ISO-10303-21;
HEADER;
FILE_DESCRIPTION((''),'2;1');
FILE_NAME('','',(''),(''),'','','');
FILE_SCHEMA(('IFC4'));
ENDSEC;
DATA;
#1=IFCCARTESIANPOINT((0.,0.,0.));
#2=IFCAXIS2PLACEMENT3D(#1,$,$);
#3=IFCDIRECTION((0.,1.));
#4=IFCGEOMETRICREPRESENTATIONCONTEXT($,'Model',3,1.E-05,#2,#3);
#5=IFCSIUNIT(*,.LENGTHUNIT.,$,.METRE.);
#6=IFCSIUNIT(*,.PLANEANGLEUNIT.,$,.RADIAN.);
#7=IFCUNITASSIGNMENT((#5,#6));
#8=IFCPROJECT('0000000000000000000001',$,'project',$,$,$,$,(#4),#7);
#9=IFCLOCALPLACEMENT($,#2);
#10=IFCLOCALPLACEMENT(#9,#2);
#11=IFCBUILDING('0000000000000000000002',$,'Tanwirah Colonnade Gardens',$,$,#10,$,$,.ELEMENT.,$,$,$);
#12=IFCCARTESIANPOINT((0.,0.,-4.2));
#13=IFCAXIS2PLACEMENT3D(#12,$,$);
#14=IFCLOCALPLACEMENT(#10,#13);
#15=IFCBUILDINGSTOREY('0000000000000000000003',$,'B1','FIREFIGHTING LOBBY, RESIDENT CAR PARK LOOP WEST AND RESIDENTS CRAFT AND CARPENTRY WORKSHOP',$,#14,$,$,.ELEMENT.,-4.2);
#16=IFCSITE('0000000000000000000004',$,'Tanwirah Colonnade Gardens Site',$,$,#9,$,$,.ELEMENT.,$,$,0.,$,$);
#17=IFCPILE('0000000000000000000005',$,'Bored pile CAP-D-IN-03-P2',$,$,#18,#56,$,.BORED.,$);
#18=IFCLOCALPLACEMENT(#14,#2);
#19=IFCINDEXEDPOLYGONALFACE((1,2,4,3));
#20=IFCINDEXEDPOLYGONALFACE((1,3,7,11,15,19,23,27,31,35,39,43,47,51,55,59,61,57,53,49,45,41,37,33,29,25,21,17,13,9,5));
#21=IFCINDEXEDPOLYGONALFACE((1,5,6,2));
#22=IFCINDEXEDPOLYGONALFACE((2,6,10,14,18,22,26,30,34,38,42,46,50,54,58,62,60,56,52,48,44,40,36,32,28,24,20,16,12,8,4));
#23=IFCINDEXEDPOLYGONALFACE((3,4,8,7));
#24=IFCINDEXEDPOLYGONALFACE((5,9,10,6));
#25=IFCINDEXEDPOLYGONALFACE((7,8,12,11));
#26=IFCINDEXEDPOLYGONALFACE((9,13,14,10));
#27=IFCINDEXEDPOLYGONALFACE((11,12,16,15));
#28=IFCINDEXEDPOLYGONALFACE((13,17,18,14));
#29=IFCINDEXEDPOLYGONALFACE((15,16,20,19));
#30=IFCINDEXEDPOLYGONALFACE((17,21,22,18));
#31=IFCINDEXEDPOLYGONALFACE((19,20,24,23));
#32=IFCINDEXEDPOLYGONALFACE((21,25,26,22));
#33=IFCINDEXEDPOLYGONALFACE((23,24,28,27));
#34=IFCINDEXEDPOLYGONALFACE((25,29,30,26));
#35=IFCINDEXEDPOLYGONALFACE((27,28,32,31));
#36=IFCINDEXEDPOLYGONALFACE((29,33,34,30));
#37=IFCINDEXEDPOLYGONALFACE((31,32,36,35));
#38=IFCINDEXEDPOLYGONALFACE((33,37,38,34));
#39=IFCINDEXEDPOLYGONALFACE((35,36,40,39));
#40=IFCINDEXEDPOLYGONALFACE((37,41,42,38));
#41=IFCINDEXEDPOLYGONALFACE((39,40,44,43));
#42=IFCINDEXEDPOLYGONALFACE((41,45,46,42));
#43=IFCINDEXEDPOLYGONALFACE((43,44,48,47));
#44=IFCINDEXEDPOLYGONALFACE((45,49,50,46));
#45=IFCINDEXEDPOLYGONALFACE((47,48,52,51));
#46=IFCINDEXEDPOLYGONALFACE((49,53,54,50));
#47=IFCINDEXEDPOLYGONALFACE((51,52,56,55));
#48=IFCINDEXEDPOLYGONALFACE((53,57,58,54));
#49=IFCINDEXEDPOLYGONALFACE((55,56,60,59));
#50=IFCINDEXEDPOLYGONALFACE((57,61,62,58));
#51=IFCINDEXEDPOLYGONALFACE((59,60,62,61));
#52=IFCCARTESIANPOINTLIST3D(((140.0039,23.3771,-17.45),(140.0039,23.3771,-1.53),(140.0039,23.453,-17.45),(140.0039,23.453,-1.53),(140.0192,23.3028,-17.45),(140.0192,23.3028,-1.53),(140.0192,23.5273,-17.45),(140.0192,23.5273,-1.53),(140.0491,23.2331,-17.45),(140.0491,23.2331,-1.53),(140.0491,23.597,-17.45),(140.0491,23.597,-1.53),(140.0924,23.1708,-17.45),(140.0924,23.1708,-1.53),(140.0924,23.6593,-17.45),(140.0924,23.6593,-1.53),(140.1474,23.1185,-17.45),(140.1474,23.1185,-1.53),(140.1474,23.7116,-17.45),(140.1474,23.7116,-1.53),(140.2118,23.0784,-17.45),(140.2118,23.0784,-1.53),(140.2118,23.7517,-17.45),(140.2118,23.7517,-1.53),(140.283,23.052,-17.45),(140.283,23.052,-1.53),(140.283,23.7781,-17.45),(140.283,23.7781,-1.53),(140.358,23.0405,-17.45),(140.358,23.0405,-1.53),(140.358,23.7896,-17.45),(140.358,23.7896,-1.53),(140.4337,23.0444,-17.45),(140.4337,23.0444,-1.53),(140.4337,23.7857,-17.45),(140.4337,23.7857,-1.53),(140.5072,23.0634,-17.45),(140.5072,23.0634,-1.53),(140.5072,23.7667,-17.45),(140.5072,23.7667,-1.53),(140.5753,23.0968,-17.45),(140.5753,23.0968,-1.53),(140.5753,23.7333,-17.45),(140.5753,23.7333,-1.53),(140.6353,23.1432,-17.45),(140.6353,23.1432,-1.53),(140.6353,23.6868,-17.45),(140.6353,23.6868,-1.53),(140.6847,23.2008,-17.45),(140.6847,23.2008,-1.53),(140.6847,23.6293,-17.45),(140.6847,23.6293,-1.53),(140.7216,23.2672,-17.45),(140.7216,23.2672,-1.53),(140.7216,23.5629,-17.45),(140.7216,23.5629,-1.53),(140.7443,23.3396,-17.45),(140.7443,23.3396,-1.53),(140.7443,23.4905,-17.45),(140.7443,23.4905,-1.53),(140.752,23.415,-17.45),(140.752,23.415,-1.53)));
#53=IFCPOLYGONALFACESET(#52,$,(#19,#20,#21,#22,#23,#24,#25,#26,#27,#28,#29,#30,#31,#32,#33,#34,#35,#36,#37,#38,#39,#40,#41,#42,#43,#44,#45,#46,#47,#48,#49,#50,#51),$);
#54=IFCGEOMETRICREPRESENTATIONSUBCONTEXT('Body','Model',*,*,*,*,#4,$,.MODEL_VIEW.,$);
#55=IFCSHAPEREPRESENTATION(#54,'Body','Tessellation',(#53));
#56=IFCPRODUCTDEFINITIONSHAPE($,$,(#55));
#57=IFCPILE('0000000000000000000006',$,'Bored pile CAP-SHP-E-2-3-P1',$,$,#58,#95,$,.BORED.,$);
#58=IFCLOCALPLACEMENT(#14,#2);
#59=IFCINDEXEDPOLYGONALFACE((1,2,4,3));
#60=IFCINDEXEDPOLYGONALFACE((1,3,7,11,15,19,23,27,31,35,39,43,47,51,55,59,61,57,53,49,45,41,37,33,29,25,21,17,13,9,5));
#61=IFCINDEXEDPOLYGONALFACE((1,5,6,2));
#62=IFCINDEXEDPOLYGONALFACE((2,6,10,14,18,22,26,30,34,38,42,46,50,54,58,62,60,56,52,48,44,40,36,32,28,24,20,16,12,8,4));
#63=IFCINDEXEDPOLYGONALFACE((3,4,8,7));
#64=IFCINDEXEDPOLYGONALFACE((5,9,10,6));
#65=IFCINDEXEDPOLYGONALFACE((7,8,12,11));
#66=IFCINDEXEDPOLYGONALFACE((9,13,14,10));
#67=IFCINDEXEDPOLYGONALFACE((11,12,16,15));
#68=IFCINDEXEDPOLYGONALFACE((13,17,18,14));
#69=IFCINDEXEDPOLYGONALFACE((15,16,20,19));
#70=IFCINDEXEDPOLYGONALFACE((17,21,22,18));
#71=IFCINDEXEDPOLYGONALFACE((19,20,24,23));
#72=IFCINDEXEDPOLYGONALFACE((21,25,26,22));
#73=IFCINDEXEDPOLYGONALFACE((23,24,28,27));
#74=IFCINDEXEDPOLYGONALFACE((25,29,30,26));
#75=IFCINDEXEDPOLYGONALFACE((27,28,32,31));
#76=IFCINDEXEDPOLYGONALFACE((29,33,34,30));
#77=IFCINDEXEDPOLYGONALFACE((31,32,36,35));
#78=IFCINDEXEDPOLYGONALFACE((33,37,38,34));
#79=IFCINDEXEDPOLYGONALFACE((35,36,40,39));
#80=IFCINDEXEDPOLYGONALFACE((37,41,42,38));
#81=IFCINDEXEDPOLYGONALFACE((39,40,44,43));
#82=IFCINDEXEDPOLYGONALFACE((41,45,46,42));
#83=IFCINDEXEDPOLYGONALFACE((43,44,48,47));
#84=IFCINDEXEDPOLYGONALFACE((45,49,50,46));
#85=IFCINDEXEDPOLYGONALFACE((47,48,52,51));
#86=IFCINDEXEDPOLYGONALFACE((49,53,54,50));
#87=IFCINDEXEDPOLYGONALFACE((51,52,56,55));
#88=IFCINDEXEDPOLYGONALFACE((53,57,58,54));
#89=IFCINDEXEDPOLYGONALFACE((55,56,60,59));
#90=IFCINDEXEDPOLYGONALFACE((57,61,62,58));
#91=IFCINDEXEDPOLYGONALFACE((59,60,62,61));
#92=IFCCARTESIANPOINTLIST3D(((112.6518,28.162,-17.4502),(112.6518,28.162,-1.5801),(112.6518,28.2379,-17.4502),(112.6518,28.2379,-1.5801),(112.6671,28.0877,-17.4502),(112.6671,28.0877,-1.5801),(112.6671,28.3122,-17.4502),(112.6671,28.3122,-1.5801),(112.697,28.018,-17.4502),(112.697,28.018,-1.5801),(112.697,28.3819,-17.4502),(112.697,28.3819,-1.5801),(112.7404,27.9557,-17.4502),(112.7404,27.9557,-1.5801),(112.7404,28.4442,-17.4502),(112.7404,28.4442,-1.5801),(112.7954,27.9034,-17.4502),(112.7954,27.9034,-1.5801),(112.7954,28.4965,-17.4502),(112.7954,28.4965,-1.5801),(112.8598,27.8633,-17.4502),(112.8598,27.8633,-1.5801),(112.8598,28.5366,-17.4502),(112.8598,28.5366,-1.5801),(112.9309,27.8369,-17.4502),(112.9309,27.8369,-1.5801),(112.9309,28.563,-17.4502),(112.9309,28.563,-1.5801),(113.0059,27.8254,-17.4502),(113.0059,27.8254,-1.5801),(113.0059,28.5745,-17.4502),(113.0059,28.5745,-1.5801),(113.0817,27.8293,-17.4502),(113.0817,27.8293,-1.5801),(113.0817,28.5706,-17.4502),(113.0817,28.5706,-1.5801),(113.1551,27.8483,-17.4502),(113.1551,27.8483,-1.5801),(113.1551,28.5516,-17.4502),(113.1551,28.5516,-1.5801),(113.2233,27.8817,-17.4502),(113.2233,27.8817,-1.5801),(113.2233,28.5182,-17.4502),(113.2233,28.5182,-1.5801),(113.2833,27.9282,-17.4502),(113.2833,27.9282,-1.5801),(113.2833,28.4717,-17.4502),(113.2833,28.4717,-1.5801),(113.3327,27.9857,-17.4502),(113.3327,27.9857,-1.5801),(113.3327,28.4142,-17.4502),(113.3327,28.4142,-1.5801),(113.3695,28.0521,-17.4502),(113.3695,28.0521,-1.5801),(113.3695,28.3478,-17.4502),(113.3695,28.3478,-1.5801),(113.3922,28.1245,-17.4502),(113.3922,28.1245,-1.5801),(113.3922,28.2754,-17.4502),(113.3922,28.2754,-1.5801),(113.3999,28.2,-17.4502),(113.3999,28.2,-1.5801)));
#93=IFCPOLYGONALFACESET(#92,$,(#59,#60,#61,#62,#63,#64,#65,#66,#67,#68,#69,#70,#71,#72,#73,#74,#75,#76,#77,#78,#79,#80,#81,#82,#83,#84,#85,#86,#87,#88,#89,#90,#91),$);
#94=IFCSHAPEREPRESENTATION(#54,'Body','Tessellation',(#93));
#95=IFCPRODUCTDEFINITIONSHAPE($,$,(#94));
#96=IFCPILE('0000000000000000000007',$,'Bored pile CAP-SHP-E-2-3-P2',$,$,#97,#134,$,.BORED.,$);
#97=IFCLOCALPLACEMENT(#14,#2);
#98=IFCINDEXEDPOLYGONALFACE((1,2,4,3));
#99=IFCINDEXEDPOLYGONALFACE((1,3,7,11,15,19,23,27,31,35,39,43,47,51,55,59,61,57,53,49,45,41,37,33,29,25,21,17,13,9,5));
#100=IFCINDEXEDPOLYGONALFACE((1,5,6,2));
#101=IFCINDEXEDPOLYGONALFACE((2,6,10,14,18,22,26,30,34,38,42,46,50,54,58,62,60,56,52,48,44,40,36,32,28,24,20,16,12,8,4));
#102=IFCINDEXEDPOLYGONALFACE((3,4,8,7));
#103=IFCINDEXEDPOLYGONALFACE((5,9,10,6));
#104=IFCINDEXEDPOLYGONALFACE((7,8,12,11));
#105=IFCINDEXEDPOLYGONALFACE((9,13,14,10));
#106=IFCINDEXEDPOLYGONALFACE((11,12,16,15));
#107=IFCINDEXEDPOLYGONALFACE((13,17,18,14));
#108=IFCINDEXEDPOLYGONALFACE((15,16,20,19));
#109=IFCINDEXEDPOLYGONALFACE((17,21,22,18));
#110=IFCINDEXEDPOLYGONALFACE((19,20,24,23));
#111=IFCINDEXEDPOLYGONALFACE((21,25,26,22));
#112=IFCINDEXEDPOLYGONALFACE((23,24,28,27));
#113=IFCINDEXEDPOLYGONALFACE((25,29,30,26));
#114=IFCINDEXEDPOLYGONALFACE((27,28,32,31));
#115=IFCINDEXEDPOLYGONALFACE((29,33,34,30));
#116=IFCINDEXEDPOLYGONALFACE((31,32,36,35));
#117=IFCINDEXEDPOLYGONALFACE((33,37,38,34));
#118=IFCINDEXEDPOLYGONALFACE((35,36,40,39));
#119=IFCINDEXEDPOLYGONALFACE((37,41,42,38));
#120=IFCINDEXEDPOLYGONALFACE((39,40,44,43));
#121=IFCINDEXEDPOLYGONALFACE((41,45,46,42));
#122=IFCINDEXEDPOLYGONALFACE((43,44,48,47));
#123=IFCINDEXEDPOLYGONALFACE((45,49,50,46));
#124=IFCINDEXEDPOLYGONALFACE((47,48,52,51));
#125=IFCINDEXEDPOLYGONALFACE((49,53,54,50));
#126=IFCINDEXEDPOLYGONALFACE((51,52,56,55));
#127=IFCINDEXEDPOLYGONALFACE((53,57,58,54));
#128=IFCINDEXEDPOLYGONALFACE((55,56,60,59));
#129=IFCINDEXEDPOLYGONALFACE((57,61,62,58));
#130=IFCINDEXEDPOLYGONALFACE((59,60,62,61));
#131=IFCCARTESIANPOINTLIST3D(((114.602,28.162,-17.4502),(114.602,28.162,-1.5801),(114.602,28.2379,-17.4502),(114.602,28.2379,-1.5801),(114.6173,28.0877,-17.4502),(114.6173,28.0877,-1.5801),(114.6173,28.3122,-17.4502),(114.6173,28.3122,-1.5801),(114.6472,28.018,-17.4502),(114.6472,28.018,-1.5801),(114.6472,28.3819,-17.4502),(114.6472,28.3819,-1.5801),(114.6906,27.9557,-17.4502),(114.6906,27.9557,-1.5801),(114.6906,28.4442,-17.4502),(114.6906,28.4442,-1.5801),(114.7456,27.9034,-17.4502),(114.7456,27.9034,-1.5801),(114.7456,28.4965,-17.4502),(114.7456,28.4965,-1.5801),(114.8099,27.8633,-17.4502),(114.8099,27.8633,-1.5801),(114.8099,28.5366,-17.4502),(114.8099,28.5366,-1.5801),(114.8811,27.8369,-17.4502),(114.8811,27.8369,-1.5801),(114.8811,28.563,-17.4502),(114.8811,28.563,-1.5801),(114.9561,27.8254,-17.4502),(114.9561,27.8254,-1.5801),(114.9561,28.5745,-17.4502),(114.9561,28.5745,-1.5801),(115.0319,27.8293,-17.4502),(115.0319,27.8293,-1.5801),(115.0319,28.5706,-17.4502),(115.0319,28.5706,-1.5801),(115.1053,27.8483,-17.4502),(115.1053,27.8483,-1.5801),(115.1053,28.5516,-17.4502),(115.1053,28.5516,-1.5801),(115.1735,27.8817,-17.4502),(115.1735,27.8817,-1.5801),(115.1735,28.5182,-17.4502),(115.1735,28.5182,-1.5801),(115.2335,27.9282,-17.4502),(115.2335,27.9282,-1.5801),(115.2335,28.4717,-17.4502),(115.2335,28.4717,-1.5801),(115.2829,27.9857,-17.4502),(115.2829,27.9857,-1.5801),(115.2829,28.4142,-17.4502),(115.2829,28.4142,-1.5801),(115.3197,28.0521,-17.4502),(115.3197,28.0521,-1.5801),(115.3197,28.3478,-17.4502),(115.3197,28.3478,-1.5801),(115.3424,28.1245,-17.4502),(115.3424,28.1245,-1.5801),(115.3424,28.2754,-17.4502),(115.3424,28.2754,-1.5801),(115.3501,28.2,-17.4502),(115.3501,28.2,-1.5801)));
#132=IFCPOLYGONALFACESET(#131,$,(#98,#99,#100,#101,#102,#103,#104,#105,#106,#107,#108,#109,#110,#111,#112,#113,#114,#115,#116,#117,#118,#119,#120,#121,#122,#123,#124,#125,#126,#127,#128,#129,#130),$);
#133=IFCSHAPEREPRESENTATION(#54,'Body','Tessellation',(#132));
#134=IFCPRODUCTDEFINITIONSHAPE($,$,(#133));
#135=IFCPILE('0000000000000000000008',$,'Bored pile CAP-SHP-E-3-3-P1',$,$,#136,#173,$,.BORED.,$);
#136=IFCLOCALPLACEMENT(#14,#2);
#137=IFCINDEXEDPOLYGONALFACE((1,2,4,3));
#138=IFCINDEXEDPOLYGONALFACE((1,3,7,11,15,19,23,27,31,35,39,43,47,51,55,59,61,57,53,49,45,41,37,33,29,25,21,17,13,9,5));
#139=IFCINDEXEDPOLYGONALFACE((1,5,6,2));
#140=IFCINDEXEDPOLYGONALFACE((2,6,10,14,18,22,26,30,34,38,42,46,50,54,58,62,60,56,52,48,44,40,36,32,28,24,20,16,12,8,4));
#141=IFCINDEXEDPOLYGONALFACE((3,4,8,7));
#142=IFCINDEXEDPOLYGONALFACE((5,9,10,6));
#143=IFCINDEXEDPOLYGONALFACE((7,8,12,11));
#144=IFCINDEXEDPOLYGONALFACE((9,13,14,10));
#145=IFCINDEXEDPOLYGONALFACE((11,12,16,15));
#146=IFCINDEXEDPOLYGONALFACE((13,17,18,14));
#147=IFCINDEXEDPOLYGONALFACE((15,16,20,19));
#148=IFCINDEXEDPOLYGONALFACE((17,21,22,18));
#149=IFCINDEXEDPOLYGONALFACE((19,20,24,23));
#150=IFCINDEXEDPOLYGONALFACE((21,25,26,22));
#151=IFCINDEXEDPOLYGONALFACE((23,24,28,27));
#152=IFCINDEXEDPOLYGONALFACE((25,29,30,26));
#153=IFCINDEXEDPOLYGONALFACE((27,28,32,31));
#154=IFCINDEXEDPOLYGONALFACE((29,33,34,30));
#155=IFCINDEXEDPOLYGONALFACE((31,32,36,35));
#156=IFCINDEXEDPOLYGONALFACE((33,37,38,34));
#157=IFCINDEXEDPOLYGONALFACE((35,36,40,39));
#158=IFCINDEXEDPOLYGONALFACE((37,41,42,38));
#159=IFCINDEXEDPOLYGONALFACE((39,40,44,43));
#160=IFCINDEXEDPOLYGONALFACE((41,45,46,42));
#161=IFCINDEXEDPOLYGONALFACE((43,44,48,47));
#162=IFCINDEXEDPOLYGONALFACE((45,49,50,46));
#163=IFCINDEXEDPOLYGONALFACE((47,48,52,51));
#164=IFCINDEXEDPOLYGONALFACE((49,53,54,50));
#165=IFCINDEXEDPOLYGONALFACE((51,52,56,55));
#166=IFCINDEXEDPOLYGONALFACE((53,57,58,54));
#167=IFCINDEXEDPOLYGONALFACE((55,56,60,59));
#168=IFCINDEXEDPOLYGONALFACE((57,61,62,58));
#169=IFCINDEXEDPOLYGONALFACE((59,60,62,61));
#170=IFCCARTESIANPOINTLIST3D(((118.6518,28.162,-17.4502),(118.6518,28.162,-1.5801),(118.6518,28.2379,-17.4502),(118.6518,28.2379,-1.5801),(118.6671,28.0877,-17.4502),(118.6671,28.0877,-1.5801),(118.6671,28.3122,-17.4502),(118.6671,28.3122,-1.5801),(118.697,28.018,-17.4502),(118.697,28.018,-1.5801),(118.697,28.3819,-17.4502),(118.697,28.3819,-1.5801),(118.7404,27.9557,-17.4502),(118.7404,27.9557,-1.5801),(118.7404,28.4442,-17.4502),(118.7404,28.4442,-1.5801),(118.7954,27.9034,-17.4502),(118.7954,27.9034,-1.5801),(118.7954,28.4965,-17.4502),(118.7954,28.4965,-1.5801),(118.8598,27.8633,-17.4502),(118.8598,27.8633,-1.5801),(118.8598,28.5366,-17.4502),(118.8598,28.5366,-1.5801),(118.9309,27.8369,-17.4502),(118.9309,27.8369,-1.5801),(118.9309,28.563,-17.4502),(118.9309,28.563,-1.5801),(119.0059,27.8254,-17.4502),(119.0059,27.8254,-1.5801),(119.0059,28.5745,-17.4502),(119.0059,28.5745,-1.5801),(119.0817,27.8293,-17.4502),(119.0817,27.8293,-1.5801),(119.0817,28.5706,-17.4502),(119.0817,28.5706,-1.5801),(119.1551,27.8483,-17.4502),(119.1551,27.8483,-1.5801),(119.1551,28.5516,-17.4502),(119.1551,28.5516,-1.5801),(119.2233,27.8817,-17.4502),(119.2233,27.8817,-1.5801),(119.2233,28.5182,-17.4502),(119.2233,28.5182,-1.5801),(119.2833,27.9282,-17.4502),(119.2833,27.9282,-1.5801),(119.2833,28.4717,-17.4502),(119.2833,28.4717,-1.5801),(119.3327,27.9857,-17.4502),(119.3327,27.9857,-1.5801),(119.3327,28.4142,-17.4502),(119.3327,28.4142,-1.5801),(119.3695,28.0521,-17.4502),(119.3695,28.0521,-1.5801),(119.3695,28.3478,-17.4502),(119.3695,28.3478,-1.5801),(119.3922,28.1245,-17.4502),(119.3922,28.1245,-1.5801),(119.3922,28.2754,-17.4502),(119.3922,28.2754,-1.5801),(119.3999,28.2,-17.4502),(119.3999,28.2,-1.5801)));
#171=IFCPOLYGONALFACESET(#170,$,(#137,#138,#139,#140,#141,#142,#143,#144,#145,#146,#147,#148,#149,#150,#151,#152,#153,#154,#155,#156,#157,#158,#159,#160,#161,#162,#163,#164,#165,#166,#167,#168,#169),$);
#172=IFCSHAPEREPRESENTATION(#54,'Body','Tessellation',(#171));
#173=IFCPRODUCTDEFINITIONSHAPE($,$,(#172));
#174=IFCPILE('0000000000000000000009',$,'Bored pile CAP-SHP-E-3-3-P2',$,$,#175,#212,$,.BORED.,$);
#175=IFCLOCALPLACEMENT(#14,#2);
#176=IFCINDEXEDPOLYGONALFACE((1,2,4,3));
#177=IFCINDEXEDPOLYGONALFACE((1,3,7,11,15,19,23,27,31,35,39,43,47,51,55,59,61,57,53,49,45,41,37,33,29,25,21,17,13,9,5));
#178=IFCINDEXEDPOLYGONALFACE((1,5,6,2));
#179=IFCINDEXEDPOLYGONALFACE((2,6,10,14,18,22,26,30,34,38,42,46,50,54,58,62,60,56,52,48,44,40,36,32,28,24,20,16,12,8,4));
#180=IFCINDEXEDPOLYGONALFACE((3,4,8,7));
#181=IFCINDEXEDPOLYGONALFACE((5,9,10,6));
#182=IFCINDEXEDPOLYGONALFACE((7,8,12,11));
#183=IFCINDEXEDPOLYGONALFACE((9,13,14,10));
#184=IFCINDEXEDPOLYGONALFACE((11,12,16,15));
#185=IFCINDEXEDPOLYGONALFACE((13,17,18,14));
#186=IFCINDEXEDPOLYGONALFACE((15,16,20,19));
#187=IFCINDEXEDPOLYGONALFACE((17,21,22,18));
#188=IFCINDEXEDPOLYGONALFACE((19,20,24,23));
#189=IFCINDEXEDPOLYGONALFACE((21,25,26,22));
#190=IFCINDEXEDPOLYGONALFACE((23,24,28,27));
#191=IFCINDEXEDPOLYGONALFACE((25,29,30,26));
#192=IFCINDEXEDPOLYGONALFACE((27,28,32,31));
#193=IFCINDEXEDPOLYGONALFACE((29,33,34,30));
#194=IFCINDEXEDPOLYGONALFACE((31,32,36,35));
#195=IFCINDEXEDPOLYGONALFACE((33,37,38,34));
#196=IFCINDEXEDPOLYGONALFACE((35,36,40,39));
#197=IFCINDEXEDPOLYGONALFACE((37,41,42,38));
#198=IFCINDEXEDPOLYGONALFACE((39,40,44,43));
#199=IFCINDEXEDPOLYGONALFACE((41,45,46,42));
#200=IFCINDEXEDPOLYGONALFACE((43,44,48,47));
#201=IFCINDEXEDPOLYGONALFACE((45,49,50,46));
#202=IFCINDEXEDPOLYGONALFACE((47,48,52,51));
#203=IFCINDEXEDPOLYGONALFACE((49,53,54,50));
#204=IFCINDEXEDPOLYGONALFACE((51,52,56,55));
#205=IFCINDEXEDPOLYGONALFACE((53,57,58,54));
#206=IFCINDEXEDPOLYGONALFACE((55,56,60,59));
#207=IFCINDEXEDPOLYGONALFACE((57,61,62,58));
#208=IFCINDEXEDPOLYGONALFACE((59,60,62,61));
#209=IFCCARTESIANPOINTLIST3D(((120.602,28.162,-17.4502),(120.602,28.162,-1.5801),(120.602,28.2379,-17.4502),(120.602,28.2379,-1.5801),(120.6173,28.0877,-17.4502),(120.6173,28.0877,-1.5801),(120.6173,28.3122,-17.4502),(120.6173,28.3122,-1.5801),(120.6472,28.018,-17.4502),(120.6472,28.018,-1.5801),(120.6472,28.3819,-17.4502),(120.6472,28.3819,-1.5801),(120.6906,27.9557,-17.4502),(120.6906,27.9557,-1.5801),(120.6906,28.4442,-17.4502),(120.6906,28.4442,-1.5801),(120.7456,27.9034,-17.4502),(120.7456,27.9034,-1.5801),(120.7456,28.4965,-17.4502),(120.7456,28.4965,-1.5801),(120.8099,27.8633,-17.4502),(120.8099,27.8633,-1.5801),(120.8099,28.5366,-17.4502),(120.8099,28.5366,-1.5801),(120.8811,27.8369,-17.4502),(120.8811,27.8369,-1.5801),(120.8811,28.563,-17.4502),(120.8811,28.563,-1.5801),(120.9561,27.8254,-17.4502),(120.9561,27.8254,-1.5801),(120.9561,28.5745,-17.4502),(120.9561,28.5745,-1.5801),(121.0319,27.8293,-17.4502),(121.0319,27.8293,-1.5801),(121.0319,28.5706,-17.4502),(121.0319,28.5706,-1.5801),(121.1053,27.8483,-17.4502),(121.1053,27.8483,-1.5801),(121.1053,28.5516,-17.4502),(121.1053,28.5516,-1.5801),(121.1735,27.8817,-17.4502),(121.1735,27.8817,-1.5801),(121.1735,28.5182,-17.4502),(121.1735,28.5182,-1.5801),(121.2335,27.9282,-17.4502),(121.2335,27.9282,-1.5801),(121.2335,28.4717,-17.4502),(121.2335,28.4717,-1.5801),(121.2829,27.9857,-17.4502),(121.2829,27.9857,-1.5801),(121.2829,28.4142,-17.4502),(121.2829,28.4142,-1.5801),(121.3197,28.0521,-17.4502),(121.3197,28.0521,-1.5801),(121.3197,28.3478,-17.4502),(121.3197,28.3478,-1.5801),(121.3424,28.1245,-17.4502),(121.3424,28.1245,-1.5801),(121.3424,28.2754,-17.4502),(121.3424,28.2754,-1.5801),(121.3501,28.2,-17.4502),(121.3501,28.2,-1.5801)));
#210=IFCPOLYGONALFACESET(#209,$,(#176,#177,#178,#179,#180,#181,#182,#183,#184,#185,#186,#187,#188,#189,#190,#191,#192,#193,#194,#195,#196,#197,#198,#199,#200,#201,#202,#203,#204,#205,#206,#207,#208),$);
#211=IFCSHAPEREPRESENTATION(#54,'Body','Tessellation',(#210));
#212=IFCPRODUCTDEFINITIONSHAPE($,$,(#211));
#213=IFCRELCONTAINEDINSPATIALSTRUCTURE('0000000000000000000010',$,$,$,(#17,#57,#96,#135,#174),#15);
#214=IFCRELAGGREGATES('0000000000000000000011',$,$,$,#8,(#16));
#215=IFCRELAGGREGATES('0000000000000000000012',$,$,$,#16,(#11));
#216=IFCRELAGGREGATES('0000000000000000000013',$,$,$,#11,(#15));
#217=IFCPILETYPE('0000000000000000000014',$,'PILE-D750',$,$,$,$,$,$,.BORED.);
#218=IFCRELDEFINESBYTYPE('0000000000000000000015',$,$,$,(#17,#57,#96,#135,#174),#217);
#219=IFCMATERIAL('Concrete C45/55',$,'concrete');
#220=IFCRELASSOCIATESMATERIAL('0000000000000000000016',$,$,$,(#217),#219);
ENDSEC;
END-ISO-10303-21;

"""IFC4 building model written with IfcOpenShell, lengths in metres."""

from ifc_helpers import new_model, si_unit, direction, frame, origin, origin_2d, place, context, subcontext, project, spatial, circle, extrude, material, material_profile, profile_set, type_object, element, save


model = new_model("IFC4")

# Units and contexts
model_context = context("Model", 3, precision=1e-05, world=origin(), true_north=direction((0.0, 1.0)))
body_context = subcontext(model_context, "Body", "Model", "MODEL_VIEW")
ifc_project = project(units=[si_unit("LENGTHUNIT", "METRE"), si_unit("PLANEANGLEUNIT", "RADIAN")], contexts=[model_context])

# Site, building, storey
site_placement = place(None, origin())
site = spatial("IfcSite", under=ifc_project, at=site_placement, Name="Tanwirah Colonnade Gardens Site", CompositionType="ELEMENT", RefElevation=0.0)
building_placement = place(site_placement, origin())
building = spatial("IfcBuilding", under=site, at=building_placement, Name="Tanwirah Colonnade Gardens", CompositionType="ELEMENT")
storey_placement = place(building_placement, frame((0.0, 0.0, -4.2)))
storey = spatial("IfcBuildingStorey", under=building, at=storey_placement, Name="B1", Description="FIREFIGHTING LOBBY, RESIDENT CAR PARK LOOP WEST AND RESIDENTS CRAFT AND CARPENTRY WORKSHOP", CompositionType="ELEMENT", Elevation=-4.2)

# Shared definitions
ifc_material_1 = material(Name="Concrete C45/55", Category="concrete")

# Piles
ifc_material_profile_1 = material_profile(ifc_material_1, circle(Radius=0.375, at=origin_2d()), Name="PILE D750")
ifc_profile_set_1 = profile_set([ifc_material_profile_1], Name="Concrete C45/55")
pile_type_1 = type_object("IfcPileType", Name="PILE-D750", PredefinedType="BORED", material=ifc_profile_set_1)
for number, where, z_axis, x_axis, name in (
    (1, (140.377, 23.415, -1.53), (0.0, 0.0, -1.0), (1.0, 0.0, 0.0), "Bored pile CAP-D-IN-03-P2"),
):
    element("IfcPile", number, at=place(storey_placement, frame(where, z_axis=z_axis, x_axis=x_axis)), inside=storey, type_object=pile_type_1, Name=name, PredefinedType="BORED", context=body_context, shape_type="SweptSolid", body=[
        extrude(circle(Radius=0.375, at=origin_2d()), origin(), (0.0, 0.0, 1.0), 15.9199),
    ])
for number, where, z_axis, x_axis, name in (
    (2, (113.0249, 28.2, -1.5801), (0.0, 0.0, -1.0), (1.0, 0.0, 0.0), "Bored pile CAP-SHP-E-2-3-P1"),
    (3, (114.9751, 28.2, -1.5801), (0.0, 0.0, -1.0), (1.0, 0.0, 0.0), "Bored pile CAP-SHP-E-2-3-P2"),
    (4, (119.0249, 28.2, -1.5801), (0.0, 0.0, -1.0), (1.0, 0.0, 0.0), "Bored pile CAP-SHP-E-3-3-P1"),
    (5, (120.9751, 28.2, -1.5801), (0.0, 0.0, -1.0), (1.0, 0.0, 0.0), "Bored pile CAP-SHP-E-3-3-P2"),
):
    element("IfcPile", number, at=place(storey_placement, frame(where, z_axis=z_axis, x_axis=x_axis)), inside=storey, type_object=pile_type_1, Name=name, PredefinedType="BORED", context=body_context, shape_type="SweptSolid", body=[
        extrude(circle(Radius=0.375, at=origin_2d()), origin(), (0.0, 0.0, 1.0), 15.8701),
    ])

save(model, "model.ifc")
